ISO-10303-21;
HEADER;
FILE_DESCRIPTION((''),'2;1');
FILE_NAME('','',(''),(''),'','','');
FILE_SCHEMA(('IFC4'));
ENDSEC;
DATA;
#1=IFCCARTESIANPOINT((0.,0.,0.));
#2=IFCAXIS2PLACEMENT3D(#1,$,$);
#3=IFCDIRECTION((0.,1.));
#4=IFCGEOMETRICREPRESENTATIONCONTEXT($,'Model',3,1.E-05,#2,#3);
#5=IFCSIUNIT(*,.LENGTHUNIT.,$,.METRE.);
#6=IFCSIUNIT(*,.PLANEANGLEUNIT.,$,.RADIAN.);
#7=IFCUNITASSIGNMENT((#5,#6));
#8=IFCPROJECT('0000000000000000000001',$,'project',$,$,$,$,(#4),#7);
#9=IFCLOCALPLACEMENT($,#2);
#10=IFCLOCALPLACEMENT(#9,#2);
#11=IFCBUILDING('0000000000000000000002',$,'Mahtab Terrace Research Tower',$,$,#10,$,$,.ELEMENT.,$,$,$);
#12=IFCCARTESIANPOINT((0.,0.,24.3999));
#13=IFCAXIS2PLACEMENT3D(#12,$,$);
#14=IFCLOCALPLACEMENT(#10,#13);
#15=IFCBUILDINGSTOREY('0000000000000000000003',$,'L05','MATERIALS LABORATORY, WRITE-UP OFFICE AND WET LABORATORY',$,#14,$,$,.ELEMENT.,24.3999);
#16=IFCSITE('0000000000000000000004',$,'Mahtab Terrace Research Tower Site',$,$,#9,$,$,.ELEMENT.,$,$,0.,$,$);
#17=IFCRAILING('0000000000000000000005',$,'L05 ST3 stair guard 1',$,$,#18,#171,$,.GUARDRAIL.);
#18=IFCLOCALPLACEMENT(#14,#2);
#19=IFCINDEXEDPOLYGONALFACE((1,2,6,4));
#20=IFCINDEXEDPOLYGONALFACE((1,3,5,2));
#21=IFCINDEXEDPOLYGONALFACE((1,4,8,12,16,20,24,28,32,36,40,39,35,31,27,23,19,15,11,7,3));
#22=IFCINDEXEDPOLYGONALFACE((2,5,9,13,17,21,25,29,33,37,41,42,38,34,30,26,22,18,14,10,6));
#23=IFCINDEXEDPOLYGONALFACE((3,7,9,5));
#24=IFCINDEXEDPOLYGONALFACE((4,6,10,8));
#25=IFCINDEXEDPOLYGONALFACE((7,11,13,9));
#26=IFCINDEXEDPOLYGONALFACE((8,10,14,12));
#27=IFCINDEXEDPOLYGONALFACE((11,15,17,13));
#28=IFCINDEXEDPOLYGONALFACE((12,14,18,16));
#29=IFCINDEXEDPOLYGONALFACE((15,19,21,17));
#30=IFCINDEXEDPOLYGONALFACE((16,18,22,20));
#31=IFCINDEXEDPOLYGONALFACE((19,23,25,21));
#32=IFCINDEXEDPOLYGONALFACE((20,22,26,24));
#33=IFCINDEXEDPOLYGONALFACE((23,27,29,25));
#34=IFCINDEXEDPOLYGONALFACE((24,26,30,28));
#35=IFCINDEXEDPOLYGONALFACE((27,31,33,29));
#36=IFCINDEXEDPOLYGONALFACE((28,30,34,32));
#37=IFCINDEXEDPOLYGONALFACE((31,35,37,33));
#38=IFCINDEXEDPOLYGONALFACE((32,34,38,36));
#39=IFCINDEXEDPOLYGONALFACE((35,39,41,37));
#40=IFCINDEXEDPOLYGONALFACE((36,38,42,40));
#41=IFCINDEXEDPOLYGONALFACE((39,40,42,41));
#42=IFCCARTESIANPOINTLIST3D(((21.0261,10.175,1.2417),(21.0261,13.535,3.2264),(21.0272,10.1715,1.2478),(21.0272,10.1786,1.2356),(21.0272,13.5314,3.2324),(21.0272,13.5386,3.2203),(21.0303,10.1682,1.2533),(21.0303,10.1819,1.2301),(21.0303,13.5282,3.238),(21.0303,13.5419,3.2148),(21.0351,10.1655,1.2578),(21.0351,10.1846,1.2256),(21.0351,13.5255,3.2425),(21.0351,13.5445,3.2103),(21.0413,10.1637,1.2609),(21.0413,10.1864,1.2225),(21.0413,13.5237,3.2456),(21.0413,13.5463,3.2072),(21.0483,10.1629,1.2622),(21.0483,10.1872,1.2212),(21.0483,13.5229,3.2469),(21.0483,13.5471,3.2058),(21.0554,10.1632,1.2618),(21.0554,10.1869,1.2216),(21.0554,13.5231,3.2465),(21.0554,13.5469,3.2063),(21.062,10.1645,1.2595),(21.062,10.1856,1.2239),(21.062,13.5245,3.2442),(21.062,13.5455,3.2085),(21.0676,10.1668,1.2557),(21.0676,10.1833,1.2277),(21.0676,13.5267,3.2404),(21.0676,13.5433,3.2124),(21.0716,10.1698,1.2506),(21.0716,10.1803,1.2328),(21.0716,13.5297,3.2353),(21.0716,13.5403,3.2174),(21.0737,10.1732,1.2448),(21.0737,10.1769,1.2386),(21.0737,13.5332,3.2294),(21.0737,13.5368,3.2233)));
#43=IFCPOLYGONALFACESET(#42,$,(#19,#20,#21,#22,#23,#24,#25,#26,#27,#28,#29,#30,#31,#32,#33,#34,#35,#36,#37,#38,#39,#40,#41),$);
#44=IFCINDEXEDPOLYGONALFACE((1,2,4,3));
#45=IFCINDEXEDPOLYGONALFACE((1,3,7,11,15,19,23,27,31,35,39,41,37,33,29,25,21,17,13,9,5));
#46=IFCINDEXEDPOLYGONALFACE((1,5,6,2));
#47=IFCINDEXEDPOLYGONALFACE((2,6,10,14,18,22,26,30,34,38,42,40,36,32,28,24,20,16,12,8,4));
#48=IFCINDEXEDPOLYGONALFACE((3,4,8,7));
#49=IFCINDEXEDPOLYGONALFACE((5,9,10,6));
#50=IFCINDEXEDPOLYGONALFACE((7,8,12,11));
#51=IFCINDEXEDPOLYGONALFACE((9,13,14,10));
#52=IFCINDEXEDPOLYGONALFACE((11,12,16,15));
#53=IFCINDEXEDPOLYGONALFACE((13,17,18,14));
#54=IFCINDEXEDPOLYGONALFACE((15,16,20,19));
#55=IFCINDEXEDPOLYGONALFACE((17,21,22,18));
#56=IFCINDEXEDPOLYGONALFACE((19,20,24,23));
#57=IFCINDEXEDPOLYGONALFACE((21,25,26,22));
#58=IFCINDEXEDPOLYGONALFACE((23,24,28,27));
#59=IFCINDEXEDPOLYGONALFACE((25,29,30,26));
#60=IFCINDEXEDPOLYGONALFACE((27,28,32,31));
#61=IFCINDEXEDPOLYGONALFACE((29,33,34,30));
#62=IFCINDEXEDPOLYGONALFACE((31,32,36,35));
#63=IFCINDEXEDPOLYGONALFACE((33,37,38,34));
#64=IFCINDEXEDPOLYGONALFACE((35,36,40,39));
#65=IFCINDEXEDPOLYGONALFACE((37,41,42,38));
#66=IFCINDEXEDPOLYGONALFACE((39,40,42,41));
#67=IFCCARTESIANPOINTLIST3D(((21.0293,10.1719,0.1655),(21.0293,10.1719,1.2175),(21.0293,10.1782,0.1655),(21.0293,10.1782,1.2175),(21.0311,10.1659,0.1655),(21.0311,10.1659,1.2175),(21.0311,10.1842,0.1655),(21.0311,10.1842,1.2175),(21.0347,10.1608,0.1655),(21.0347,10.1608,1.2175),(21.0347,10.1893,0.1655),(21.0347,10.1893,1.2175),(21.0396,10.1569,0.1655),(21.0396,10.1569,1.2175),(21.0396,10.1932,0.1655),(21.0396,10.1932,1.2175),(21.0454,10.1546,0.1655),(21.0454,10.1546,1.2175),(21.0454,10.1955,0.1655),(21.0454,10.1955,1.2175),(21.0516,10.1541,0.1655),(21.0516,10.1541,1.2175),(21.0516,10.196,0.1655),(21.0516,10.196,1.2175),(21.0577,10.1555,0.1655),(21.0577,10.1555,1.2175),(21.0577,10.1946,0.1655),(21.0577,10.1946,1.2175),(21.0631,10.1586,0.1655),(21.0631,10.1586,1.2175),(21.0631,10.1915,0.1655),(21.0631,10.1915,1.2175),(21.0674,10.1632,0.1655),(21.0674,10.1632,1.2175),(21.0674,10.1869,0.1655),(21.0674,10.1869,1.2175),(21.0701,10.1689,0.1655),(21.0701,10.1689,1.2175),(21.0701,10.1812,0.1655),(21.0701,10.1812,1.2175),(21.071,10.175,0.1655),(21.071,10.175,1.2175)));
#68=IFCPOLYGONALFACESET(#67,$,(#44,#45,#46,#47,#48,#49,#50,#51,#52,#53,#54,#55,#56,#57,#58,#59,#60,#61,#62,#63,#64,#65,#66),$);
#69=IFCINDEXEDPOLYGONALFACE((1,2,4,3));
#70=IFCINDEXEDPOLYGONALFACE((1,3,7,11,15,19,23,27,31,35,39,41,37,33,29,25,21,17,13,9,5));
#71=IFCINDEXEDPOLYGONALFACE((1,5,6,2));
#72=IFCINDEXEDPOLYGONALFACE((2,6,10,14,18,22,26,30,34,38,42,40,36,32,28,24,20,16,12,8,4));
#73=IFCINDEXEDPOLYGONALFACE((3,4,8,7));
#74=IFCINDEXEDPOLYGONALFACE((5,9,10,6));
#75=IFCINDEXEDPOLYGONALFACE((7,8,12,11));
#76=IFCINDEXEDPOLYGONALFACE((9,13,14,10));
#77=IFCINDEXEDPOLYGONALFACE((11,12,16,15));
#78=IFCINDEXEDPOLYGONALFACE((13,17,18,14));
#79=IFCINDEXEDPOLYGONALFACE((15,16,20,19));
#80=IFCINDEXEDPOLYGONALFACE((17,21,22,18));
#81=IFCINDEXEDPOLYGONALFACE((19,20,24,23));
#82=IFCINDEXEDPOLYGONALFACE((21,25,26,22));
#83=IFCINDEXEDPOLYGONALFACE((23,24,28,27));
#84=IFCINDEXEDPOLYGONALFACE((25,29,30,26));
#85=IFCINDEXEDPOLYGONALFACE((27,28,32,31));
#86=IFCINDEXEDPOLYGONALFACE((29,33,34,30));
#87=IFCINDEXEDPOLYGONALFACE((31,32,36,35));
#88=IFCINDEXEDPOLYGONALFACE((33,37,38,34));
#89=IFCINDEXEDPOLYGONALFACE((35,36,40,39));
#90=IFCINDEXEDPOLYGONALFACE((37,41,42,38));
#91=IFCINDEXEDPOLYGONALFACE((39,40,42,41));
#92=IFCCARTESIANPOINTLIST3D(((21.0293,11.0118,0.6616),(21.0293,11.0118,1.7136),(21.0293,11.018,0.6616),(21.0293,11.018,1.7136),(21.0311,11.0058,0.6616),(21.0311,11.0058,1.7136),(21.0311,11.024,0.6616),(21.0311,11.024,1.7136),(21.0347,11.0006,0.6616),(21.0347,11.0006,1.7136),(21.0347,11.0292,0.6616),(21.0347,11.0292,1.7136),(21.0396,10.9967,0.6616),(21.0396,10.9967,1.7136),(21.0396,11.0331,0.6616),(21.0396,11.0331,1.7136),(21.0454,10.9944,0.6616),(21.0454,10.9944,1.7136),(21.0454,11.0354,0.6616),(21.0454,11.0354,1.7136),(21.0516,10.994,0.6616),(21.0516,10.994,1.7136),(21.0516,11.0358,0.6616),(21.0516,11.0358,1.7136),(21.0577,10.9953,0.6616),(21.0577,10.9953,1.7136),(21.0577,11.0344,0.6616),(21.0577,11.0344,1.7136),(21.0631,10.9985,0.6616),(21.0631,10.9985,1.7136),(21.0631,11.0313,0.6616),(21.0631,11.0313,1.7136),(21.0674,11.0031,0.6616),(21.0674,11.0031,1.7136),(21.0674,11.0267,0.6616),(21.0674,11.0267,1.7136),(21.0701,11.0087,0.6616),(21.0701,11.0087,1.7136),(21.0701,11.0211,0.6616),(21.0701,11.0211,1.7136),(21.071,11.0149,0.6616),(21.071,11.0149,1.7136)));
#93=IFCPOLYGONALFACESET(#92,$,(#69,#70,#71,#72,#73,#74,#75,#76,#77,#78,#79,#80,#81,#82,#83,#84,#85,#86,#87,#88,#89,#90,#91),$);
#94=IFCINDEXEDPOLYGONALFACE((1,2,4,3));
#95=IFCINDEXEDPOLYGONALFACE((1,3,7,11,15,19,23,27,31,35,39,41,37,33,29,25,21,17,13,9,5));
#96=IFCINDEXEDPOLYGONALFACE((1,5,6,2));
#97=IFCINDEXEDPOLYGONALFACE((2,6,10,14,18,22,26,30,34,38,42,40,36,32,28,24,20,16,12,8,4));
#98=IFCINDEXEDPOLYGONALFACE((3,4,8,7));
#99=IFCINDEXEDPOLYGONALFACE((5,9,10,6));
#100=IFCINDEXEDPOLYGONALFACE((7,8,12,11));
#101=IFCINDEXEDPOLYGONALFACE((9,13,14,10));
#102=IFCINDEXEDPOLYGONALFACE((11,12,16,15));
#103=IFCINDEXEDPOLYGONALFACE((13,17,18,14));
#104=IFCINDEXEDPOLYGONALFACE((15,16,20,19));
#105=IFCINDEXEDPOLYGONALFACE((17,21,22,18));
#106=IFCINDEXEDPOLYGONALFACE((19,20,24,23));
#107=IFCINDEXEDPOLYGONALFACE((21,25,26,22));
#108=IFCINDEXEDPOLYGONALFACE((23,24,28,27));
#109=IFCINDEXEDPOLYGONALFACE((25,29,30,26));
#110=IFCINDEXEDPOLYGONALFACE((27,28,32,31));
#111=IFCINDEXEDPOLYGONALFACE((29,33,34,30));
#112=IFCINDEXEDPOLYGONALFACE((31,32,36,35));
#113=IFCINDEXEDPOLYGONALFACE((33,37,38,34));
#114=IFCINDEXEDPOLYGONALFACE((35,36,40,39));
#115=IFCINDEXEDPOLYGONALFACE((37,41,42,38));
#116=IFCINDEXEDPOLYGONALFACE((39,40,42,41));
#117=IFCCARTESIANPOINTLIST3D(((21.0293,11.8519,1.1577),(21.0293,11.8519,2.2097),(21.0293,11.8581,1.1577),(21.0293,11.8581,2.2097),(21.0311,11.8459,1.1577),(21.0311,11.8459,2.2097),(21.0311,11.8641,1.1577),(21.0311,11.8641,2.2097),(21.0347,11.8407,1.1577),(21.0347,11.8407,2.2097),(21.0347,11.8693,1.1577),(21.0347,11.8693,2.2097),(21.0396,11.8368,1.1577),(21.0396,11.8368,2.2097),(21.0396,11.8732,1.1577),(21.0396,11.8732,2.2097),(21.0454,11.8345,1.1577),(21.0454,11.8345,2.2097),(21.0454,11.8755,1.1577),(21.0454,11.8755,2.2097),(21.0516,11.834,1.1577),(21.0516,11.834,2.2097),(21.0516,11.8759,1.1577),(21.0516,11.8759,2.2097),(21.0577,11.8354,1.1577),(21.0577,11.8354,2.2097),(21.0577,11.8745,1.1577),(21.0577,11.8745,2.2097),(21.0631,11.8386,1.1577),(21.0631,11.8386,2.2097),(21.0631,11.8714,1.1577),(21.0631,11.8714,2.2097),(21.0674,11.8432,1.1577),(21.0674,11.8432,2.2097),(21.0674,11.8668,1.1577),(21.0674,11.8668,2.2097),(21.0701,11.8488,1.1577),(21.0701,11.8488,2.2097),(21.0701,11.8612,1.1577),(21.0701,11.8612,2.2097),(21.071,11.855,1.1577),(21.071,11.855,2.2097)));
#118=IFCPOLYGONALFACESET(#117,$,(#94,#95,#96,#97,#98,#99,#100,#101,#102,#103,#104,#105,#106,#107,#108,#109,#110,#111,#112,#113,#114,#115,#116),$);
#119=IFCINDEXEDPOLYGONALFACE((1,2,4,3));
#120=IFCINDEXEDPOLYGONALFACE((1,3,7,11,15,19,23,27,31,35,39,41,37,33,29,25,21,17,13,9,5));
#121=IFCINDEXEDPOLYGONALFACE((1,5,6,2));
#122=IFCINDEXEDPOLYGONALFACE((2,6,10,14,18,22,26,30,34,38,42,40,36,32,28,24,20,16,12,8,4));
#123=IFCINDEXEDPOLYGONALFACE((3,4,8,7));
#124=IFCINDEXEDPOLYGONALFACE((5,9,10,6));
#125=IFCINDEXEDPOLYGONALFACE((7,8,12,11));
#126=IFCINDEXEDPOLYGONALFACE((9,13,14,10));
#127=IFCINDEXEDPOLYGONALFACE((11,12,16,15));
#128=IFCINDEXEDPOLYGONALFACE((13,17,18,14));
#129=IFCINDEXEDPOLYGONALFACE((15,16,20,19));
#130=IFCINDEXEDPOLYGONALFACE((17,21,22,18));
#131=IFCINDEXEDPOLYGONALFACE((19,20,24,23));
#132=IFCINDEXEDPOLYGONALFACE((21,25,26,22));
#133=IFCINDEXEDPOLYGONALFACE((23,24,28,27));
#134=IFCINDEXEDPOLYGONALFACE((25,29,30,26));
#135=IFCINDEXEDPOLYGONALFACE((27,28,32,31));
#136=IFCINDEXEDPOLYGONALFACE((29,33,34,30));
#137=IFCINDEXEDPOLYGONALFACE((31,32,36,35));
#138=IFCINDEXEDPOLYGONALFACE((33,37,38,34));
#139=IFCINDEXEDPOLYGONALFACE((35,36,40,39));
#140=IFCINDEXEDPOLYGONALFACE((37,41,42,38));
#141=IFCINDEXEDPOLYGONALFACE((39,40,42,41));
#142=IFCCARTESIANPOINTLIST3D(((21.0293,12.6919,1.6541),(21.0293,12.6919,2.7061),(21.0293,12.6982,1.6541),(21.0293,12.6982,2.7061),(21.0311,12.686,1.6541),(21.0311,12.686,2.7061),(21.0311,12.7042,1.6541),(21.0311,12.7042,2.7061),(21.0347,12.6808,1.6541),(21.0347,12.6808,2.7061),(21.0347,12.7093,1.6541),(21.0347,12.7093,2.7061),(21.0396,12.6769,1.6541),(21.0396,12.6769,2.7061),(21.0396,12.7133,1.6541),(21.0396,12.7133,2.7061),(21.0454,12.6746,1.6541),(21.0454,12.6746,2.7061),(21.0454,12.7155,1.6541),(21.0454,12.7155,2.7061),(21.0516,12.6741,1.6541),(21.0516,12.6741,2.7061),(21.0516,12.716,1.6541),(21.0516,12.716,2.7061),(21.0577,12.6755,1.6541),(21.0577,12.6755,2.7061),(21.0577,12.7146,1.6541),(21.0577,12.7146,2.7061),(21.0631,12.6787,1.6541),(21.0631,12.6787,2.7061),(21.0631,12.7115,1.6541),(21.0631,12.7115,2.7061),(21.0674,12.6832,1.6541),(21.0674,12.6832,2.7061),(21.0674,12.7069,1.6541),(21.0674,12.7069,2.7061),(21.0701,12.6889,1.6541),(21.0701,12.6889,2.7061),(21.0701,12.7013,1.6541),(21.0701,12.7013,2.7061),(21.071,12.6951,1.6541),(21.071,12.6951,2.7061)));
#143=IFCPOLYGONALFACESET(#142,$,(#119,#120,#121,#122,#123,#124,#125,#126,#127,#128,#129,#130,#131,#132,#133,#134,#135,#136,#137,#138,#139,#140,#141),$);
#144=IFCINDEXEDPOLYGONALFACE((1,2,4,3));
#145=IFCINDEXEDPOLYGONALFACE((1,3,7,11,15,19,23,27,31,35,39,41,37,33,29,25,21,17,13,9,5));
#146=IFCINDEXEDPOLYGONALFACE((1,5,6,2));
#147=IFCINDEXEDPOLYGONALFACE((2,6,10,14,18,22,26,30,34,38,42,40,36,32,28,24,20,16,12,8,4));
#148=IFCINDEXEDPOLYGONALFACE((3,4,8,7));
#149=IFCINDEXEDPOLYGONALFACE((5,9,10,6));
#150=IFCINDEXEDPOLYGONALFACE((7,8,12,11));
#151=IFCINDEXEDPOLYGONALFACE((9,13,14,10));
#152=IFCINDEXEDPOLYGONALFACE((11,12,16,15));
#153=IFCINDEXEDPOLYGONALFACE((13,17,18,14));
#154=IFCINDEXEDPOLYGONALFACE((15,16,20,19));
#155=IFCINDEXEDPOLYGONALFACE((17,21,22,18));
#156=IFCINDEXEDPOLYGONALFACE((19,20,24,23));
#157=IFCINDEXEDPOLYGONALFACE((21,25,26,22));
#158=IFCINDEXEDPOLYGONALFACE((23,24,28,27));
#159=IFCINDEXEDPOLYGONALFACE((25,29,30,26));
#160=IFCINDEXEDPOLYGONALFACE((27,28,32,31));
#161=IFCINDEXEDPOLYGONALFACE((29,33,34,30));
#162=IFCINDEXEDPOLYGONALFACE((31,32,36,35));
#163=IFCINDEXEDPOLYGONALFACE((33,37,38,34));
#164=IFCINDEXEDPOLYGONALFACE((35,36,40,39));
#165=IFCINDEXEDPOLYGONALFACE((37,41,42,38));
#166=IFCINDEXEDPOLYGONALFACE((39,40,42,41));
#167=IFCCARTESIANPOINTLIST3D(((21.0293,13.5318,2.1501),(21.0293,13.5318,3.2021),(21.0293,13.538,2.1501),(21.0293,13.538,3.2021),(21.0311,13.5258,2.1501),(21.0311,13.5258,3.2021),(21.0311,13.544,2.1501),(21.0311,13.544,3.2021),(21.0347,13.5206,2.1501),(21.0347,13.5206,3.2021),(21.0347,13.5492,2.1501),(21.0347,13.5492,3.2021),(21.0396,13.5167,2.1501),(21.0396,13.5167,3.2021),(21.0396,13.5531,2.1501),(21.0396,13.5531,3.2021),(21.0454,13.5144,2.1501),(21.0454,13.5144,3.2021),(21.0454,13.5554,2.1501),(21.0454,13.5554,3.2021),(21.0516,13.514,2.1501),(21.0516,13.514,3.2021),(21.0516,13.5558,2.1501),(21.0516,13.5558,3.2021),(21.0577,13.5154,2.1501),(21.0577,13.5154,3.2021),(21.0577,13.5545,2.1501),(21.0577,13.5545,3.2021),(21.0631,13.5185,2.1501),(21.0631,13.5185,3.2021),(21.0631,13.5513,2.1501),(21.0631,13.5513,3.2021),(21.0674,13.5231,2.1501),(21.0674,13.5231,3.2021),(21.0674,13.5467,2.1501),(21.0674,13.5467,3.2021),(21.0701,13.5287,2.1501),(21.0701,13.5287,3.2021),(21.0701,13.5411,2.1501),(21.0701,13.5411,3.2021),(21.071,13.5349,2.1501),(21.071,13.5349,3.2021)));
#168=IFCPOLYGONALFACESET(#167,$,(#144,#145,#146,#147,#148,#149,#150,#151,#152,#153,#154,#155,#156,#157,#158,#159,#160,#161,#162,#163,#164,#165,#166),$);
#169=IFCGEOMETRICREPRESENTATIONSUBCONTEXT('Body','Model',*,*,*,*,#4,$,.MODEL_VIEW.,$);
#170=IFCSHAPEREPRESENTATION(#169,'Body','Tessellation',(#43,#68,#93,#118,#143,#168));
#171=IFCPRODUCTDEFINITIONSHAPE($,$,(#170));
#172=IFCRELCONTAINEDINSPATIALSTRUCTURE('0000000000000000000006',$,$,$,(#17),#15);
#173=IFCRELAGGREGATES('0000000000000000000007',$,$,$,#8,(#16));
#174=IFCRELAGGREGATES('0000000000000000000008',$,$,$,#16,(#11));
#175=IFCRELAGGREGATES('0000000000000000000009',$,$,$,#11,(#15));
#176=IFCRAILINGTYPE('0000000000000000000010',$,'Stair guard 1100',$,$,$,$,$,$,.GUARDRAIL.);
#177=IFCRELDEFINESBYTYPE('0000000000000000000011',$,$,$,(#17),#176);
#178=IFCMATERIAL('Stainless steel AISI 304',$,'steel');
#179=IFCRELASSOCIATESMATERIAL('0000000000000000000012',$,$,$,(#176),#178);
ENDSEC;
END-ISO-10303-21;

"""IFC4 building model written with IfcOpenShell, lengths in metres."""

from ifc_helpers import new_model, si_unit, direction, frame, origin, origin_2d, place, context, subcontext, project, spatial, circle, extrude, material, type_object, element, save


model = new_model("IFC4")

# Units and contexts
model_context = context("Model", 3, precision=1e-05, world=origin(), true_north=direction((0.0, 1.0)))
body_context = subcontext(model_context, "Body", "Model", "MODEL_VIEW")
ifc_project = project(units=[si_unit("LENGTHUNIT", "METRE"), si_unit("PLANEANGLEUNIT", "RADIAN")], contexts=[model_context])

# Site, building, storey
site_placement = place(None, origin())
site = spatial("IfcSite", under=ifc_project, at=site_placement, Name="Mahtab Terrace Research Tower Site", CompositionType="ELEMENT", RefElevation=0.0)
building_placement = place(site_placement, origin())
building = spatial("IfcBuilding", under=site, at=building_placement, Name="Mahtab Terrace Research Tower", CompositionType="ELEMENT")
storey_placement = place(building_placement, frame((0.0, 0.0, 24.3999)))
storey = spatial("IfcBuildingStorey", under=building, at=storey_placement, Name="L05", Description="MATERIALS LABORATORY, WRITE-UP OFFICE AND WET LABORATORY", CompositionType="ELEMENT", Elevation=24.3999)

# Railing
ifc_material_1 = material(Name="Stainless steel AISI 304", Category="steel")
railing_type_1 = type_object("IfcRailingType", Name="Stair guard 1100", PredefinedType="GUARDRAIL", material=ifc_material_1)
railing_1_placement = place(storey_placement, frame((21.05, 10.175, 0.1655)))
element("IfcRailing", 1, at=railing_1_placement, inside=storey, type_object=railing_type_1, Name="L05 ST3 stair guard 1", PredefinedType="GUARDRAIL", context=body_context, shape_type="SweptSolid", body=[
    extrude(circle(Radius=0.0239, at=origin_2d()), frame((0.0, 0.0, 1.0762), z_axis=(0.0, 0.861011, 0.508586), x_axis=(-1.0, 0.0, 0.0)), (0.0, 0.0, 1.0), 3.9023),
    extrude(circle(Radius=0.021, at=origin_2d()), origin(), (0.0, 0.0, 1.0), 1.052),
    extrude(circle(Radius=0.021, at=origin_2d()), frame((0.0, 0.8398, 0.4961)), (0.0, 0.0, 1.0), 1.052),
    extrude(circle(Radius=0.021, at=origin_2d()), frame((0.0, 1.6799, 0.9922)), (0.0, 0.0, 1.0), 1.052),
    extrude(circle(Radius=0.021, at=origin_2d()), frame((0.0, 2.52, 1.4885)), (0.0, 0.0, 1.0), 1.052),
    extrude(circle(Radius=0.021, at=origin_2d()), frame((0.0, 3.3599, 1.9846)), (0.0, 0.0, 1.0), 1.052),
])

save(model, "model.ifc")
